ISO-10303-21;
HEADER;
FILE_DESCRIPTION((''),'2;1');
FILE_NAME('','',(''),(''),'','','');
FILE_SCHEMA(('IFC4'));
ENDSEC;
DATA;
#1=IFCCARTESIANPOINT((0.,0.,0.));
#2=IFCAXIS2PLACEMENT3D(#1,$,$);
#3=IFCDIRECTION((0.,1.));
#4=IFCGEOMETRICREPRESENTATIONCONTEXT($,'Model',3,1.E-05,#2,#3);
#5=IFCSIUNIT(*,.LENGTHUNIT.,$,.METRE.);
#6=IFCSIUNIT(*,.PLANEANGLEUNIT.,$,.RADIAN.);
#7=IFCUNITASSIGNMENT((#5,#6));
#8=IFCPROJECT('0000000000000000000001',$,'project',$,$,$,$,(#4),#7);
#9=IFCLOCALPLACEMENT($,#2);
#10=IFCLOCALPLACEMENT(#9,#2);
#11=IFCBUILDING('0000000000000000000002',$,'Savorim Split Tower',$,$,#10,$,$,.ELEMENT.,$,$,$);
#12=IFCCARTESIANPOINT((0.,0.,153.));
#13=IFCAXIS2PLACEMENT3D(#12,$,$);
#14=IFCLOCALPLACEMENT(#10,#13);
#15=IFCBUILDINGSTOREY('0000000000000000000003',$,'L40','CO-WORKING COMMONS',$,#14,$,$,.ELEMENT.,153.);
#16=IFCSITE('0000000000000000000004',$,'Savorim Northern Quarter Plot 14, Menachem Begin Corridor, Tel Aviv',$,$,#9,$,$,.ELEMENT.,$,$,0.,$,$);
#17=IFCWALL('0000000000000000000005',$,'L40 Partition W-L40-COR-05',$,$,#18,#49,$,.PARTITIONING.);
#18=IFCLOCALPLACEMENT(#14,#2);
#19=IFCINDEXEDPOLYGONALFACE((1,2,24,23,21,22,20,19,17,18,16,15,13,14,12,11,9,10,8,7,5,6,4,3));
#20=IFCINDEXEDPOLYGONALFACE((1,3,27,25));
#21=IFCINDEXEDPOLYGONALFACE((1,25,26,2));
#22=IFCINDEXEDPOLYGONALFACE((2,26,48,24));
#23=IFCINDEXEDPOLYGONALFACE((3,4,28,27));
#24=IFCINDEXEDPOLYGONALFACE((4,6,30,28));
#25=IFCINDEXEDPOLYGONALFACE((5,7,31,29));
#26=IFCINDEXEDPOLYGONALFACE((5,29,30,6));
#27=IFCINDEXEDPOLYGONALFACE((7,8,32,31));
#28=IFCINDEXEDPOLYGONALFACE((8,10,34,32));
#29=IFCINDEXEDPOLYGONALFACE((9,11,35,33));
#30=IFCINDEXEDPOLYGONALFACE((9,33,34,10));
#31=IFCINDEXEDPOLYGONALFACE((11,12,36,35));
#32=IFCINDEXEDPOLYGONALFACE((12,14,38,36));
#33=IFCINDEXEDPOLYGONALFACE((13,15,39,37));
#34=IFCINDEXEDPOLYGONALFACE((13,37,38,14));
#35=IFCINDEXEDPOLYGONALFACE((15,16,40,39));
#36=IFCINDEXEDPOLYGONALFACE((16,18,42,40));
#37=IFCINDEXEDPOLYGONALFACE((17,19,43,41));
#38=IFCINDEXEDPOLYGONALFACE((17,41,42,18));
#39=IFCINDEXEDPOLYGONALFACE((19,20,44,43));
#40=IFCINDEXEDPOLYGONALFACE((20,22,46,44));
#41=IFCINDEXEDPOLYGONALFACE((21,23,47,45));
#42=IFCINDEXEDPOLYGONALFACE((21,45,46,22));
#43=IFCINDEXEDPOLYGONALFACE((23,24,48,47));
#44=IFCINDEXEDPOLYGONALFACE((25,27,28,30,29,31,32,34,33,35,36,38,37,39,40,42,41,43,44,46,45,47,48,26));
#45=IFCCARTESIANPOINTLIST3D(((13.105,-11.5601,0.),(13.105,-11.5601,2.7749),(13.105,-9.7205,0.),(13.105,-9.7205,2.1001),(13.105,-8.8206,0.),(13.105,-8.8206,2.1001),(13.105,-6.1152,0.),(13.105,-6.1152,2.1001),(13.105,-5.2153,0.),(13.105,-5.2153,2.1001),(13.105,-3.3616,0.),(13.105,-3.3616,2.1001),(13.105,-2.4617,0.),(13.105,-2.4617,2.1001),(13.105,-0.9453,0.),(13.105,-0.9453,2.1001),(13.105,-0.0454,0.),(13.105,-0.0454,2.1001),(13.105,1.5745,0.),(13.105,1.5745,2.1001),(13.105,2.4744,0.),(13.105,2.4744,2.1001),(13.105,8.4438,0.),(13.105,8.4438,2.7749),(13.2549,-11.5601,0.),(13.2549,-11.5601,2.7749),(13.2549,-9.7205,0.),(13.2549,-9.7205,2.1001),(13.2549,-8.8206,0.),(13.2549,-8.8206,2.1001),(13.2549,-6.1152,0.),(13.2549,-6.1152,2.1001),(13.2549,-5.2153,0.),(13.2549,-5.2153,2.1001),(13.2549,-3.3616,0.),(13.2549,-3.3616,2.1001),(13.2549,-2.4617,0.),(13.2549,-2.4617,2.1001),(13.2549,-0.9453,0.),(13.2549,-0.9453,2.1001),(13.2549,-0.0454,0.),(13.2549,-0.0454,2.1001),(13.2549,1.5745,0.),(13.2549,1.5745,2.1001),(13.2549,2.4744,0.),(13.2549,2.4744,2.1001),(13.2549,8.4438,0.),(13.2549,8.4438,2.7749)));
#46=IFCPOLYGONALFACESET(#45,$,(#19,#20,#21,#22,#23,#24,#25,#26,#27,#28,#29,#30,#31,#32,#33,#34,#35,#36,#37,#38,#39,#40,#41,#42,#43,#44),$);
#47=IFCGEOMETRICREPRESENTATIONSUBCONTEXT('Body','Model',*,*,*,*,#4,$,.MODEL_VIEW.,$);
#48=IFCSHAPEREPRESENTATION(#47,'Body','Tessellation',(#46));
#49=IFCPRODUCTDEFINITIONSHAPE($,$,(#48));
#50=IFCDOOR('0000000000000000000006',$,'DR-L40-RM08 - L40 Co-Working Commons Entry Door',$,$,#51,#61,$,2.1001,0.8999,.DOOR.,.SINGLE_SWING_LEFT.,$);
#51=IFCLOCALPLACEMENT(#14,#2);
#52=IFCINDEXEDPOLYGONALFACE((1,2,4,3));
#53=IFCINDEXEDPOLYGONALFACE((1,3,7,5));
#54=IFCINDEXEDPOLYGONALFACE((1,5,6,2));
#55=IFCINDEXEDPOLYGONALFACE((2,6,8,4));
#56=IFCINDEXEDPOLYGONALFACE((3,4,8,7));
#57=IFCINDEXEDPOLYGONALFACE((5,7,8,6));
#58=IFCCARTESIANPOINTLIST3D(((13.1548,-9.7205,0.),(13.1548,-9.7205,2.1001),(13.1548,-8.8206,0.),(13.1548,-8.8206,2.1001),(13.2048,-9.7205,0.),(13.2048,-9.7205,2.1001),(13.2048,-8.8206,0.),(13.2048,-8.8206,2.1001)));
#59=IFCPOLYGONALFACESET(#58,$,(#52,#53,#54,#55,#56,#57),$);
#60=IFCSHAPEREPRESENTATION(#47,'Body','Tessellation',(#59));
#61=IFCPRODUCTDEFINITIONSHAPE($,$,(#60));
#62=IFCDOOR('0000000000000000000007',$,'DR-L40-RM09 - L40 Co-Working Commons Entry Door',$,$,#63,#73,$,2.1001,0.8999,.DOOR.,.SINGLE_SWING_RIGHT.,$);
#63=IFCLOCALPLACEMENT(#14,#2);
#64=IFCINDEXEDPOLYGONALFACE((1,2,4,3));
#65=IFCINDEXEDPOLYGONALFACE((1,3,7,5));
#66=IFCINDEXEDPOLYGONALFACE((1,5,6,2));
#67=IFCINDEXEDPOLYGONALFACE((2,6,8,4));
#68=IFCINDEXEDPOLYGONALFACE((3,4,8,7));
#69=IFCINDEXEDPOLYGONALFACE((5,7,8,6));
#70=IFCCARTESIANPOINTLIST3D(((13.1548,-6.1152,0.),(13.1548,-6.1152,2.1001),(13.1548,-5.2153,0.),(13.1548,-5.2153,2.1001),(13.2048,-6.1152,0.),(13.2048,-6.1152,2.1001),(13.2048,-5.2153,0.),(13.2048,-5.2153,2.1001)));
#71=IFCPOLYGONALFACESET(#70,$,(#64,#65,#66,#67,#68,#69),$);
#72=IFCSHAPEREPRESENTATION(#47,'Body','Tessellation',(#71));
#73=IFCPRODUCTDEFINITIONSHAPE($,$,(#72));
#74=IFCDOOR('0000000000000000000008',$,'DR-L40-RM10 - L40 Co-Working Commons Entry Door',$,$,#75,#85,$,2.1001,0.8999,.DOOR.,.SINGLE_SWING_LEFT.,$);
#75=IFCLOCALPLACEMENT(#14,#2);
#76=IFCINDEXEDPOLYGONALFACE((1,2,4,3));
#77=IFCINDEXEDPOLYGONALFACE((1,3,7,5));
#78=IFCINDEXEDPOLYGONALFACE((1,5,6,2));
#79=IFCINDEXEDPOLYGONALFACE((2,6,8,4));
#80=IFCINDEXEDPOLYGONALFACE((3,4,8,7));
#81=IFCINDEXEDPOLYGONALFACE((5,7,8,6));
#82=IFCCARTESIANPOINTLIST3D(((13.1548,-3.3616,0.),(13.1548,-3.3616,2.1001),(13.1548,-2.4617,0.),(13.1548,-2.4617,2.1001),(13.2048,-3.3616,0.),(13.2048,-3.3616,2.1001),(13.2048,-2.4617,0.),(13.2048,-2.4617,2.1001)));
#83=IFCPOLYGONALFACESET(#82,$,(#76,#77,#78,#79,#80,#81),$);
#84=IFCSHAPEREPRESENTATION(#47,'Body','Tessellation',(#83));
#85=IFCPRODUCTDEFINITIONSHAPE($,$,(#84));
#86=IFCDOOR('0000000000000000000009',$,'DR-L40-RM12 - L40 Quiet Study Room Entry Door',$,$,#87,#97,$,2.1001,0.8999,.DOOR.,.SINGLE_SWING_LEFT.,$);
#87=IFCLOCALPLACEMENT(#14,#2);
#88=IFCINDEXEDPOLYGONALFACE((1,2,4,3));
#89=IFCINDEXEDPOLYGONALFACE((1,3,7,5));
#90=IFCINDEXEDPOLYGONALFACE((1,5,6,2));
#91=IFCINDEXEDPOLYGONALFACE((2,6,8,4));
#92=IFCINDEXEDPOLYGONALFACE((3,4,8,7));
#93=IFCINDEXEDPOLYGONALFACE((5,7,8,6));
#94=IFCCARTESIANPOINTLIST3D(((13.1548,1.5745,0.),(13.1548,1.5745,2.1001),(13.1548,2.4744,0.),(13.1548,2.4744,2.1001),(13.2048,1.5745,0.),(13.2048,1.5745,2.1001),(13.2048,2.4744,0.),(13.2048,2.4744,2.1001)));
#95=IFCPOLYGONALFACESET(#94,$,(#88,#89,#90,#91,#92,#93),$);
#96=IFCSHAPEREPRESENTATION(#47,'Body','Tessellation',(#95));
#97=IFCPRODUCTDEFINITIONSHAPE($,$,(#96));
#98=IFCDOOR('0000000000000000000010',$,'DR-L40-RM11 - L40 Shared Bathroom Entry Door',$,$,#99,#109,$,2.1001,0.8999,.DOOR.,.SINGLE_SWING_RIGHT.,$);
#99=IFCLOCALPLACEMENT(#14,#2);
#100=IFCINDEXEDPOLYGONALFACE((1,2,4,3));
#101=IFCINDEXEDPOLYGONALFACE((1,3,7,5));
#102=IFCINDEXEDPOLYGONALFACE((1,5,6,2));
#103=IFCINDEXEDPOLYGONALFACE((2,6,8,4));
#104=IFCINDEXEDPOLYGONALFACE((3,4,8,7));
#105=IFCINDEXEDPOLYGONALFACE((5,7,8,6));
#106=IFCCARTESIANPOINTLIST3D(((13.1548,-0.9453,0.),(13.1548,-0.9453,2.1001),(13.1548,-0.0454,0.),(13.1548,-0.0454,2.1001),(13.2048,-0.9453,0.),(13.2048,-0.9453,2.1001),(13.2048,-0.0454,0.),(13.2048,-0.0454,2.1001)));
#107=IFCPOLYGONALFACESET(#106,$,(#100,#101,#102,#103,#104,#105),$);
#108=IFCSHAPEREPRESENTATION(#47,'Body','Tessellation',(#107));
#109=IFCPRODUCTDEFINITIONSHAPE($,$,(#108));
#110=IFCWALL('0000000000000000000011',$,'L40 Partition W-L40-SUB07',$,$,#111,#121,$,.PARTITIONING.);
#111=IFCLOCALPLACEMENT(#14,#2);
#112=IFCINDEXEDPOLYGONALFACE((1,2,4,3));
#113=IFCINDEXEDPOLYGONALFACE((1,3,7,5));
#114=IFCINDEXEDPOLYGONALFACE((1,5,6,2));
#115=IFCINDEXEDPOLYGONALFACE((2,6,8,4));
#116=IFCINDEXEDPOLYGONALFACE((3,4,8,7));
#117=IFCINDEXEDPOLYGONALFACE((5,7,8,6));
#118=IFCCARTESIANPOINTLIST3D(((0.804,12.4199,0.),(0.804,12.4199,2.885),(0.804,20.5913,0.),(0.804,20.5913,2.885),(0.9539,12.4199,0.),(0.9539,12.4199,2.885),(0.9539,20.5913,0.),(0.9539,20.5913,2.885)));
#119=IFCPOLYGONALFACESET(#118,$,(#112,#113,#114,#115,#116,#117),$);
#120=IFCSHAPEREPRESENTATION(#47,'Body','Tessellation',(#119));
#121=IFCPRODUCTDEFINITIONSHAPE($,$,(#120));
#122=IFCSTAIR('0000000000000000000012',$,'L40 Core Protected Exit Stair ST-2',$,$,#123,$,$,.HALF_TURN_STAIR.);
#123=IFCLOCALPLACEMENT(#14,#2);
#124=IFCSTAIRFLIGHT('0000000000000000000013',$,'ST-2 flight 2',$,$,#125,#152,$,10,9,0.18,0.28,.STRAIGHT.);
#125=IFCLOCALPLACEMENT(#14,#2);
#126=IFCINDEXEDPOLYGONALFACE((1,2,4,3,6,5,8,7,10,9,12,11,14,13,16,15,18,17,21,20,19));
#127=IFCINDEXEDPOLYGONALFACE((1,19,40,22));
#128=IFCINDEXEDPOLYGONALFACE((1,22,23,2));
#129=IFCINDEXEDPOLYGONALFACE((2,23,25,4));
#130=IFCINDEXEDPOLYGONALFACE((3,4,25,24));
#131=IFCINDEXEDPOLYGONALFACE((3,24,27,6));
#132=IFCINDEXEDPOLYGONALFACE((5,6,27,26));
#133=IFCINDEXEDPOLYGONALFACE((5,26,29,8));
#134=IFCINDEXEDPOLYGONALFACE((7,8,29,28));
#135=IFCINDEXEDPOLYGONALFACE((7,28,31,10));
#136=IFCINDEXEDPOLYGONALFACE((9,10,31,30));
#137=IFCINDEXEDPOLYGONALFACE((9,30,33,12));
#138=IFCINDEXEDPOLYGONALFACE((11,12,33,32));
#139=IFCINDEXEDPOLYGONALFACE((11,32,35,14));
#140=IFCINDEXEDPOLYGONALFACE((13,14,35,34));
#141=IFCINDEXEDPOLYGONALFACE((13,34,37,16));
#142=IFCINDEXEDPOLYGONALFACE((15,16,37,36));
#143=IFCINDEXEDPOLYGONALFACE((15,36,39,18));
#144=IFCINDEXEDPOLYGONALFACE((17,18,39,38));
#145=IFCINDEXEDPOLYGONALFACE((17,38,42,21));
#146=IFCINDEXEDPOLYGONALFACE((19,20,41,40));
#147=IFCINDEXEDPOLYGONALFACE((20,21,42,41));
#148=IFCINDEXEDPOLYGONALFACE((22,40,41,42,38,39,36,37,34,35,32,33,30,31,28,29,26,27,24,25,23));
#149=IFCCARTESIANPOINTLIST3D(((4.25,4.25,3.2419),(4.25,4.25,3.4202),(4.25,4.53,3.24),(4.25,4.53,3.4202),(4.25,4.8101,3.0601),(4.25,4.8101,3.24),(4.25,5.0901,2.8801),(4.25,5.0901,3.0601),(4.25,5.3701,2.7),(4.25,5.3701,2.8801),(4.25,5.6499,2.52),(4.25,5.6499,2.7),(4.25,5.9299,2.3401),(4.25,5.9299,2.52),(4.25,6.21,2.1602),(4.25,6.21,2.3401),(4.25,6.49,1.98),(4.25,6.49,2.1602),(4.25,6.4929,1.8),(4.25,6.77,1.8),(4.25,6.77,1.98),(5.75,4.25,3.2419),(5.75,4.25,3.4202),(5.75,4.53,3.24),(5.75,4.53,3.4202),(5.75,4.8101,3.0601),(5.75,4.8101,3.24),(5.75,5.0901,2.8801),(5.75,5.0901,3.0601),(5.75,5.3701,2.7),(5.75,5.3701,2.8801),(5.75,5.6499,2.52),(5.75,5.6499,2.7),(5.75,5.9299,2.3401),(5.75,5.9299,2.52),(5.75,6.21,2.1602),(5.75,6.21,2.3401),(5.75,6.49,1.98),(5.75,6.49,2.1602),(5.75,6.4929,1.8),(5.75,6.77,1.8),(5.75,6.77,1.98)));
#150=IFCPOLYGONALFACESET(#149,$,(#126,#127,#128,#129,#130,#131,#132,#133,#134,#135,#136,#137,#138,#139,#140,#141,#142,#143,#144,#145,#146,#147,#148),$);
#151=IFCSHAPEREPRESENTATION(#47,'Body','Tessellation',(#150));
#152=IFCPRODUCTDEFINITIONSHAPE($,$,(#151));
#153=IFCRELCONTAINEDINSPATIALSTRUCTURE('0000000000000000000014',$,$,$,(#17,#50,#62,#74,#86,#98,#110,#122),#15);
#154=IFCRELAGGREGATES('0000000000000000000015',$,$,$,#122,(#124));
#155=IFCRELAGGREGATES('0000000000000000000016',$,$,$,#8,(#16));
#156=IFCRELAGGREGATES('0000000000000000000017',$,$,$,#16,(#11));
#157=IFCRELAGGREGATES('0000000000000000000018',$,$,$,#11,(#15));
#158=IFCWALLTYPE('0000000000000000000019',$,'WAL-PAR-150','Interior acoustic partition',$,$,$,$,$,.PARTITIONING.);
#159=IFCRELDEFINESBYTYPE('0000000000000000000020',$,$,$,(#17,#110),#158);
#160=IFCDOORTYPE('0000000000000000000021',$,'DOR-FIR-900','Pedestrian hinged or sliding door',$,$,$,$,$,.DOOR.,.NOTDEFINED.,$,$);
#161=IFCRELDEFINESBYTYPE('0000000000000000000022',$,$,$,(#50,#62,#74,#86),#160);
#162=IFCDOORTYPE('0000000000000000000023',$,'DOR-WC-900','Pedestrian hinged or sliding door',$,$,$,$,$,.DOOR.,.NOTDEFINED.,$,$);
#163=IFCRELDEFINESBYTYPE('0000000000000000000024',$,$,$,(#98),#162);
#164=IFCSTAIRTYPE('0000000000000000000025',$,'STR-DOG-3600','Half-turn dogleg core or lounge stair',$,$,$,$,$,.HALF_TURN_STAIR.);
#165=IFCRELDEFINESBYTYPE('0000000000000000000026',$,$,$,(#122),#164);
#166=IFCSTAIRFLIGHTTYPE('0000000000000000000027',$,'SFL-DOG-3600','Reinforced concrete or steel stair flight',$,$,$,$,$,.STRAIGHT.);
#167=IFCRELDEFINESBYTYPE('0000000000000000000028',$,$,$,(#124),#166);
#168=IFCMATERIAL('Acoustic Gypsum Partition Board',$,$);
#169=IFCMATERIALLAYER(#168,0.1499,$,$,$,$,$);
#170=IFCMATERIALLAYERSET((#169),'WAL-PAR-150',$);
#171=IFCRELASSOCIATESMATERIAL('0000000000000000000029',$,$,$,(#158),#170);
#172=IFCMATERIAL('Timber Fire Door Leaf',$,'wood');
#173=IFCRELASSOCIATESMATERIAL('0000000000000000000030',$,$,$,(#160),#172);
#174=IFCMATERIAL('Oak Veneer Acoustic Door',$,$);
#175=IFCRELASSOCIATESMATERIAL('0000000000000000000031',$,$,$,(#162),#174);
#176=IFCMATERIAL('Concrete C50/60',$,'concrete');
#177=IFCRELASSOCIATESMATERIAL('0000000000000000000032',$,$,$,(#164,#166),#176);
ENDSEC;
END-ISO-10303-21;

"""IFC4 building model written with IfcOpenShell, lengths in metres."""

from ifc_helpers import new_model, si_unit, direction, frame, frame_2d, origin, place, context, subcontext, project, spatial, polyline, rectangle, outline, extrude, material, layer, layer_set, type_object, element, fill, aggregate, save


model = new_model("IFC4")

# Units and contexts
model_context = context("Model", 3, precision=1e-05, world=origin(), true_north=direction((0.0, 1.0)))
body_context = subcontext(model_context, "Body", "Model", "MODEL_VIEW")
ifc_project = project(units=[si_unit("LENGTHUNIT", "METRE"), si_unit("PLANEANGLEUNIT", "RADIAN")], contexts=[model_context])

# Site, building, storey
site_placement = place(None, origin())
site = spatial("IfcSite", under=ifc_project, at=site_placement, Name="Savorim Northern Quarter Plot 14, Menachem Begin Corridor, Tel Aviv", CompositionType="ELEMENT", RefElevation=0.0)
building_placement = place(site_placement, origin())
building = spatial("IfcBuilding", under=site, at=building_placement, Name="Savorim Split Tower", CompositionType="ELEMENT")
storey_placement = place(building_placement, frame((0.0, 0.0, 153.0)))
storey = spatial("IfcBuildingStorey", under=building, at=storey_placement, Name="L40", Description="CO-WORKING COMMONS", CompositionType="ELEMENT", Elevation=153.0)

# Shared definitions
ifc_material_1 = material(Name="Timber Fire Door Leaf", Category="wood")

# Shared definitions
ifc_material_2 = material(Name="Acoustic Gypsum Partition Board")
ifc_layer_1 = layer(ifc_material_2, 0.1499)
ifc_layer_set_1 = layer_set([ifc_layer_1], Name="WAL-PAR-150")
wall_type_1 = type_object("IfcWallType", Name="WAL-PAR-150", Description="Interior acoustic partition", PredefinedType="PARTITIONING", material=ifc_layer_set_1)
door_type_1 = type_object("IfcDoorType", Name="DOR-FIR-900", Description="Pedestrian hinged or sliding door", OperationType="NOTDEFINED", PredefinedType="DOOR", material=ifc_material_1)

# Wall, openings, doors
wall_1_placement = place(storey_placement, frame((13.1799, 8.4438, 0.0), z_axis=(0.0, 0.0, 1.0), x_axis=(0.0, -1.0, 0.0)))
wall_1 = element("IfcWall", 1, at=wall_1_placement, inside=storey, type_object=wall_type_1, Name="L40 Partition W-L40-COR-05", PredefinedType="PARTITIONING", context=body_context, shape_type="SweptSolid", body=[
    extrude(rectangle(XDim=20.0039, YDim=0.1499, at=frame_2d((10.002, 0.0))), origin(), (0.0, 0.0, 1.0), 2.7749),
])
opening_1_placement = place(wall_1_placement, frame((17.2644, 0.0, 0.0)))
opening_1 = element("IfcOpeningElement", 2, at=opening_1_placement, cuts=wall_1, PredefinedType="OPENING", context=body_context, shape_type="SweptSolid", body=[
    extrude(rectangle(XDim=0.8999, YDim=2.1001, at=frame_2d((0.45, 1.05))), frame((0.0, 0.085, 0.0), z_axis=(0.0, -1.0, 0.0), x_axis=(1.0, 0.0, 0.0)), (0.0, 0.0, 1.0), 0.1699),
])
opening_2_placement = place(wall_1_placement, frame((13.6592, 0.0, 0.0)))
opening_2 = element("IfcOpeningElement", 3, at=opening_2_placement, cuts=wall_1, PredefinedType="OPENING", context=body_context, shape_type="SweptSolid", body=[
    extrude(rectangle(XDim=0.8999, YDim=2.1001, at=frame_2d((0.45, 1.05))), frame((0.0, 0.085, 0.0), z_axis=(0.0, -1.0, 0.0), x_axis=(1.0, 0.0, 0.0)), (0.0, 0.0, 1.0), 0.1699),
])
opening_3_placement = place(wall_1_placement, frame((10.9055, 0.0, 0.0)))
opening_3 = element("IfcOpeningElement", 4, at=opening_3_placement, cuts=wall_1, PredefinedType="OPENING", context=body_context, shape_type="SweptSolid", body=[
    extrude(rectangle(XDim=0.8999, YDim=2.1001, at=frame_2d((0.45, 1.05))), frame((0.0, 0.085, 0.0), z_axis=(0.0, -1.0, 0.0), x_axis=(1.0, 0.0, 0.0)), (0.0, 0.0, 1.0), 0.1699),
])
opening_4_placement = place(wall_1_placement, frame((8.4893, 0.0, 0.0)))
opening_4 = element("IfcOpeningElement", 5, at=opening_4_placement, cuts=wall_1, PredefinedType="OPENING", context=body_context, shape_type="SweptSolid", body=[
    extrude(rectangle(XDim=0.8999, YDim=2.1001, at=frame_2d((0.45, 1.05))), frame((0.0, 0.085, 0.0), z_axis=(0.0, -1.0, 0.0), x_axis=(1.0, 0.0, 0.0)), (0.0, 0.0, 1.0), 0.1699),
])
opening_5_placement = place(wall_1_placement, frame((5.9695, 0.0, 0.0)))
opening_5 = element("IfcOpeningElement", 6, at=opening_5_placement, cuts=wall_1, PredefinedType="OPENING", context=body_context, shape_type="SweptSolid", body=[
    extrude(rectangle(XDim=0.8999, YDim=2.1001, at=frame_2d((0.45, 1.05))), frame((0.0, 0.085, 0.0), z_axis=(0.0, -1.0, 0.0), x_axis=(1.0, 0.0, 0.0)), (0.0, 0.0, 1.0), 0.1699),
])
door_1_placement = place(opening_1_placement, origin())
door_1 = element("IfcDoor", 7, at=door_1_placement, inside=storey, type_object=door_type_1, Name="DR-L40-RM08 - L40 Co-Working Commons Entry Door", OperationType="SINGLE_SWING_LEFT", OverallHeight=2.1001, OverallWidth=0.8999, PredefinedType="DOOR", context=body_context, shape_type="SweptSolid", body=[
    extrude(rectangle(XDim=0.8999, YDim=2.1001, at=frame_2d((0.45, 1.05))), frame((0.0, 0.0249, 0.0), z_axis=(0.0, -1.0, 0.0), x_axis=(1.0, 0.0, 0.0)), (0.0, 0.0, 1.0), 0.05),
])
fill(opening_1, door_1)
door_2_placement = place(opening_2_placement, origin())
door_2 = element("IfcDoor", 8, at=door_2_placement, inside=storey, type_object=door_type_1, Name="DR-L40-RM09 - L40 Co-Working Commons Entry Door", OperationType="SINGLE_SWING_RIGHT", OverallHeight=2.1001, OverallWidth=0.8999, PredefinedType="DOOR", context=body_context, shape_type="SweptSolid", body=[
    extrude(rectangle(XDim=0.8999, YDim=2.1001, at=frame_2d((0.45, 1.05))), frame((0.0, 0.0249, 0.0), z_axis=(0.0, -1.0, 0.0), x_axis=(1.0, 0.0, 0.0)), (0.0, 0.0, 1.0), 0.05),
])
fill(opening_2, door_2)
door_3_placement = place(opening_3_placement, origin())
door_3 = element("IfcDoor", 9, at=door_3_placement, inside=storey, type_object=door_type_1, Name="DR-L40-RM10 - L40 Co-Working Commons Entry Door", OperationType="SINGLE_SWING_LEFT", OverallHeight=2.1001, OverallWidth=0.8999, PredefinedType="DOOR", context=body_context, shape_type="SweptSolid", body=[
    extrude(rectangle(XDim=0.8999, YDim=2.1001, at=frame_2d((0.45, 1.05))), frame((0.0, 0.0249, 0.0), z_axis=(0.0, -1.0, 0.0), x_axis=(1.0, 0.0, 0.0)), (0.0, 0.0, 1.0), 0.05),
])
fill(opening_3, door_3)
door_4_placement = place(opening_5_placement, origin())
door_4 = element("IfcDoor", 10, at=door_4_placement, inside=storey, type_object=door_type_1, Name="DR-L40-RM12 - L40 Quiet Study Room Entry Door", OperationType="SINGLE_SWING_LEFT", OverallHeight=2.1001, OverallWidth=0.8999, PredefinedType="DOOR", context=body_context, shape_type="SweptSolid", body=[
    extrude(rectangle(XDim=0.8999, YDim=2.1001, at=frame_2d((0.45, 1.05))), frame((0.0, 0.0249, 0.0), z_axis=(0.0, -1.0, 0.0), x_axis=(1.0, 0.0, 0.0)), (0.0, 0.0, 1.0), 0.05),
])
fill(opening_5, door_4)
ifc_material_3 = material(Name="Oak Veneer Acoustic Door")
door_type_2 = type_object("IfcDoorType", Name="DOR-WC-900", Description="Pedestrian hinged or sliding door", OperationType="NOTDEFINED", PredefinedType="DOOR", material=ifc_material_3)
door_5_placement = place(opening_4_placement, origin())
door_5 = element("IfcDoor", 11, at=door_5_placement, inside=storey, type_object=door_type_2, Name="DR-L40-RM11 - L40 Shared Bathroom Entry Door", OperationType="SINGLE_SWING_RIGHT", OverallHeight=2.1001, OverallWidth=0.8999, PredefinedType="DOOR", context=body_context, shape_type="SweptSolid", body=[
    extrude(rectangle(XDim=0.8999, YDim=2.1001, at=frame_2d((0.45, 1.05))), frame((0.0, 0.0249, 0.0), z_axis=(0.0, -1.0, 0.0), x_axis=(1.0, 0.0, 0.0)), (0.0, 0.0, 1.0), 0.05),
])
fill(opening_4, door_5)

# Wall
wall_2_placement = place(storey_placement, frame((0.8789, 12.4199, 0.0), z_axis=(0.0, 0.0, 1.0), x_axis=(0.0, 1.0, 0.0)))
element("IfcWall", 12, at=wall_2_placement, inside=storey, type_object=wall_type_1, Name="L40 Partition W-L40-SUB07", PredefinedType="PARTITIONING", context=body_context, shape_type="SweptSolid", body=[
    extrude(rectangle(XDim=8.1714, YDim=0.1499, at=frame_2d((4.0857, 0.0))), origin(), (0.0, 0.0, 1.0), 2.885),
])

# Stair, stair flight
ifc_material_4 = material(Name="Concrete C50/60", Category="concrete")
stair_type = type_object("IfcStairType", Name="STR-DOG-3600", Description="Half-turn dogleg core or lounge stair", PredefinedType="HALF_TURN_STAIR", material=ifc_material_4)
stair_placement = place(storey_placement, origin())
stair = element("IfcStair", 13, at=stair_placement, inside=storey, type_object=stair_type, Name="L40 Core Protected Exit Stair ST-2", PredefinedType="HALF_TURN_STAIR")
stair_flight_type = type_object("IfcStairFlightType", Name="SFL-DOG-3600", Description="Reinforced concrete or steel stair flight", PredefinedType="STRAIGHT", material=ifc_material_4)
stair_flight_placement = place(storey_placement, frame((5.0, 6.77, 1.8), z_axis=(0.0, 0.0, 1.0), x_axis=(0.0, -1.0, 0.0)))
stair_flight = element("IfcStairFlight", 14, at=stair_flight_placement, type_object=stair_flight_type, Name="ST-2 flight 2", NumberOfRisers=10, NumberOfTreads=9, PredefinedType="STRAIGHT", RiserHeight=0.18, TreadLength=0.28, context=body_context, shape_type="SweptSolid", body=[
    extrude(outline(polyline([(0.0, 0.0), (0.0, 0.1799), (0.28, 0.1799), (0.28, 0.3601), (0.5601, 0.3601), (0.5601, 0.54), (0.8401, 0.54), (0.8401, 0.72), (1.1201, 0.72), (1.1201, 0.8999), (1.3999, 0.8999), (1.3999, 1.0801), (1.6799, 1.0801), (1.6799, 1.26), (1.96, 1.26), (1.96, 1.4399), (2.24, 1.4399), (2.24, 1.6201), (2.52, 1.6201), (2.52, 1.8), (2.52, 1.4419), (0.2771, 0.0), (0.0, 0.0)])), frame((0.0, 0.75, 0.0), z_axis=(0.0, -1.0, 0.0), x_axis=(1.0, 0.0, 0.0)), (0.0, 0.0, 1.0), 1.5),
])
aggregate(stair, [stair_flight])

save(model, "model.ifc")
